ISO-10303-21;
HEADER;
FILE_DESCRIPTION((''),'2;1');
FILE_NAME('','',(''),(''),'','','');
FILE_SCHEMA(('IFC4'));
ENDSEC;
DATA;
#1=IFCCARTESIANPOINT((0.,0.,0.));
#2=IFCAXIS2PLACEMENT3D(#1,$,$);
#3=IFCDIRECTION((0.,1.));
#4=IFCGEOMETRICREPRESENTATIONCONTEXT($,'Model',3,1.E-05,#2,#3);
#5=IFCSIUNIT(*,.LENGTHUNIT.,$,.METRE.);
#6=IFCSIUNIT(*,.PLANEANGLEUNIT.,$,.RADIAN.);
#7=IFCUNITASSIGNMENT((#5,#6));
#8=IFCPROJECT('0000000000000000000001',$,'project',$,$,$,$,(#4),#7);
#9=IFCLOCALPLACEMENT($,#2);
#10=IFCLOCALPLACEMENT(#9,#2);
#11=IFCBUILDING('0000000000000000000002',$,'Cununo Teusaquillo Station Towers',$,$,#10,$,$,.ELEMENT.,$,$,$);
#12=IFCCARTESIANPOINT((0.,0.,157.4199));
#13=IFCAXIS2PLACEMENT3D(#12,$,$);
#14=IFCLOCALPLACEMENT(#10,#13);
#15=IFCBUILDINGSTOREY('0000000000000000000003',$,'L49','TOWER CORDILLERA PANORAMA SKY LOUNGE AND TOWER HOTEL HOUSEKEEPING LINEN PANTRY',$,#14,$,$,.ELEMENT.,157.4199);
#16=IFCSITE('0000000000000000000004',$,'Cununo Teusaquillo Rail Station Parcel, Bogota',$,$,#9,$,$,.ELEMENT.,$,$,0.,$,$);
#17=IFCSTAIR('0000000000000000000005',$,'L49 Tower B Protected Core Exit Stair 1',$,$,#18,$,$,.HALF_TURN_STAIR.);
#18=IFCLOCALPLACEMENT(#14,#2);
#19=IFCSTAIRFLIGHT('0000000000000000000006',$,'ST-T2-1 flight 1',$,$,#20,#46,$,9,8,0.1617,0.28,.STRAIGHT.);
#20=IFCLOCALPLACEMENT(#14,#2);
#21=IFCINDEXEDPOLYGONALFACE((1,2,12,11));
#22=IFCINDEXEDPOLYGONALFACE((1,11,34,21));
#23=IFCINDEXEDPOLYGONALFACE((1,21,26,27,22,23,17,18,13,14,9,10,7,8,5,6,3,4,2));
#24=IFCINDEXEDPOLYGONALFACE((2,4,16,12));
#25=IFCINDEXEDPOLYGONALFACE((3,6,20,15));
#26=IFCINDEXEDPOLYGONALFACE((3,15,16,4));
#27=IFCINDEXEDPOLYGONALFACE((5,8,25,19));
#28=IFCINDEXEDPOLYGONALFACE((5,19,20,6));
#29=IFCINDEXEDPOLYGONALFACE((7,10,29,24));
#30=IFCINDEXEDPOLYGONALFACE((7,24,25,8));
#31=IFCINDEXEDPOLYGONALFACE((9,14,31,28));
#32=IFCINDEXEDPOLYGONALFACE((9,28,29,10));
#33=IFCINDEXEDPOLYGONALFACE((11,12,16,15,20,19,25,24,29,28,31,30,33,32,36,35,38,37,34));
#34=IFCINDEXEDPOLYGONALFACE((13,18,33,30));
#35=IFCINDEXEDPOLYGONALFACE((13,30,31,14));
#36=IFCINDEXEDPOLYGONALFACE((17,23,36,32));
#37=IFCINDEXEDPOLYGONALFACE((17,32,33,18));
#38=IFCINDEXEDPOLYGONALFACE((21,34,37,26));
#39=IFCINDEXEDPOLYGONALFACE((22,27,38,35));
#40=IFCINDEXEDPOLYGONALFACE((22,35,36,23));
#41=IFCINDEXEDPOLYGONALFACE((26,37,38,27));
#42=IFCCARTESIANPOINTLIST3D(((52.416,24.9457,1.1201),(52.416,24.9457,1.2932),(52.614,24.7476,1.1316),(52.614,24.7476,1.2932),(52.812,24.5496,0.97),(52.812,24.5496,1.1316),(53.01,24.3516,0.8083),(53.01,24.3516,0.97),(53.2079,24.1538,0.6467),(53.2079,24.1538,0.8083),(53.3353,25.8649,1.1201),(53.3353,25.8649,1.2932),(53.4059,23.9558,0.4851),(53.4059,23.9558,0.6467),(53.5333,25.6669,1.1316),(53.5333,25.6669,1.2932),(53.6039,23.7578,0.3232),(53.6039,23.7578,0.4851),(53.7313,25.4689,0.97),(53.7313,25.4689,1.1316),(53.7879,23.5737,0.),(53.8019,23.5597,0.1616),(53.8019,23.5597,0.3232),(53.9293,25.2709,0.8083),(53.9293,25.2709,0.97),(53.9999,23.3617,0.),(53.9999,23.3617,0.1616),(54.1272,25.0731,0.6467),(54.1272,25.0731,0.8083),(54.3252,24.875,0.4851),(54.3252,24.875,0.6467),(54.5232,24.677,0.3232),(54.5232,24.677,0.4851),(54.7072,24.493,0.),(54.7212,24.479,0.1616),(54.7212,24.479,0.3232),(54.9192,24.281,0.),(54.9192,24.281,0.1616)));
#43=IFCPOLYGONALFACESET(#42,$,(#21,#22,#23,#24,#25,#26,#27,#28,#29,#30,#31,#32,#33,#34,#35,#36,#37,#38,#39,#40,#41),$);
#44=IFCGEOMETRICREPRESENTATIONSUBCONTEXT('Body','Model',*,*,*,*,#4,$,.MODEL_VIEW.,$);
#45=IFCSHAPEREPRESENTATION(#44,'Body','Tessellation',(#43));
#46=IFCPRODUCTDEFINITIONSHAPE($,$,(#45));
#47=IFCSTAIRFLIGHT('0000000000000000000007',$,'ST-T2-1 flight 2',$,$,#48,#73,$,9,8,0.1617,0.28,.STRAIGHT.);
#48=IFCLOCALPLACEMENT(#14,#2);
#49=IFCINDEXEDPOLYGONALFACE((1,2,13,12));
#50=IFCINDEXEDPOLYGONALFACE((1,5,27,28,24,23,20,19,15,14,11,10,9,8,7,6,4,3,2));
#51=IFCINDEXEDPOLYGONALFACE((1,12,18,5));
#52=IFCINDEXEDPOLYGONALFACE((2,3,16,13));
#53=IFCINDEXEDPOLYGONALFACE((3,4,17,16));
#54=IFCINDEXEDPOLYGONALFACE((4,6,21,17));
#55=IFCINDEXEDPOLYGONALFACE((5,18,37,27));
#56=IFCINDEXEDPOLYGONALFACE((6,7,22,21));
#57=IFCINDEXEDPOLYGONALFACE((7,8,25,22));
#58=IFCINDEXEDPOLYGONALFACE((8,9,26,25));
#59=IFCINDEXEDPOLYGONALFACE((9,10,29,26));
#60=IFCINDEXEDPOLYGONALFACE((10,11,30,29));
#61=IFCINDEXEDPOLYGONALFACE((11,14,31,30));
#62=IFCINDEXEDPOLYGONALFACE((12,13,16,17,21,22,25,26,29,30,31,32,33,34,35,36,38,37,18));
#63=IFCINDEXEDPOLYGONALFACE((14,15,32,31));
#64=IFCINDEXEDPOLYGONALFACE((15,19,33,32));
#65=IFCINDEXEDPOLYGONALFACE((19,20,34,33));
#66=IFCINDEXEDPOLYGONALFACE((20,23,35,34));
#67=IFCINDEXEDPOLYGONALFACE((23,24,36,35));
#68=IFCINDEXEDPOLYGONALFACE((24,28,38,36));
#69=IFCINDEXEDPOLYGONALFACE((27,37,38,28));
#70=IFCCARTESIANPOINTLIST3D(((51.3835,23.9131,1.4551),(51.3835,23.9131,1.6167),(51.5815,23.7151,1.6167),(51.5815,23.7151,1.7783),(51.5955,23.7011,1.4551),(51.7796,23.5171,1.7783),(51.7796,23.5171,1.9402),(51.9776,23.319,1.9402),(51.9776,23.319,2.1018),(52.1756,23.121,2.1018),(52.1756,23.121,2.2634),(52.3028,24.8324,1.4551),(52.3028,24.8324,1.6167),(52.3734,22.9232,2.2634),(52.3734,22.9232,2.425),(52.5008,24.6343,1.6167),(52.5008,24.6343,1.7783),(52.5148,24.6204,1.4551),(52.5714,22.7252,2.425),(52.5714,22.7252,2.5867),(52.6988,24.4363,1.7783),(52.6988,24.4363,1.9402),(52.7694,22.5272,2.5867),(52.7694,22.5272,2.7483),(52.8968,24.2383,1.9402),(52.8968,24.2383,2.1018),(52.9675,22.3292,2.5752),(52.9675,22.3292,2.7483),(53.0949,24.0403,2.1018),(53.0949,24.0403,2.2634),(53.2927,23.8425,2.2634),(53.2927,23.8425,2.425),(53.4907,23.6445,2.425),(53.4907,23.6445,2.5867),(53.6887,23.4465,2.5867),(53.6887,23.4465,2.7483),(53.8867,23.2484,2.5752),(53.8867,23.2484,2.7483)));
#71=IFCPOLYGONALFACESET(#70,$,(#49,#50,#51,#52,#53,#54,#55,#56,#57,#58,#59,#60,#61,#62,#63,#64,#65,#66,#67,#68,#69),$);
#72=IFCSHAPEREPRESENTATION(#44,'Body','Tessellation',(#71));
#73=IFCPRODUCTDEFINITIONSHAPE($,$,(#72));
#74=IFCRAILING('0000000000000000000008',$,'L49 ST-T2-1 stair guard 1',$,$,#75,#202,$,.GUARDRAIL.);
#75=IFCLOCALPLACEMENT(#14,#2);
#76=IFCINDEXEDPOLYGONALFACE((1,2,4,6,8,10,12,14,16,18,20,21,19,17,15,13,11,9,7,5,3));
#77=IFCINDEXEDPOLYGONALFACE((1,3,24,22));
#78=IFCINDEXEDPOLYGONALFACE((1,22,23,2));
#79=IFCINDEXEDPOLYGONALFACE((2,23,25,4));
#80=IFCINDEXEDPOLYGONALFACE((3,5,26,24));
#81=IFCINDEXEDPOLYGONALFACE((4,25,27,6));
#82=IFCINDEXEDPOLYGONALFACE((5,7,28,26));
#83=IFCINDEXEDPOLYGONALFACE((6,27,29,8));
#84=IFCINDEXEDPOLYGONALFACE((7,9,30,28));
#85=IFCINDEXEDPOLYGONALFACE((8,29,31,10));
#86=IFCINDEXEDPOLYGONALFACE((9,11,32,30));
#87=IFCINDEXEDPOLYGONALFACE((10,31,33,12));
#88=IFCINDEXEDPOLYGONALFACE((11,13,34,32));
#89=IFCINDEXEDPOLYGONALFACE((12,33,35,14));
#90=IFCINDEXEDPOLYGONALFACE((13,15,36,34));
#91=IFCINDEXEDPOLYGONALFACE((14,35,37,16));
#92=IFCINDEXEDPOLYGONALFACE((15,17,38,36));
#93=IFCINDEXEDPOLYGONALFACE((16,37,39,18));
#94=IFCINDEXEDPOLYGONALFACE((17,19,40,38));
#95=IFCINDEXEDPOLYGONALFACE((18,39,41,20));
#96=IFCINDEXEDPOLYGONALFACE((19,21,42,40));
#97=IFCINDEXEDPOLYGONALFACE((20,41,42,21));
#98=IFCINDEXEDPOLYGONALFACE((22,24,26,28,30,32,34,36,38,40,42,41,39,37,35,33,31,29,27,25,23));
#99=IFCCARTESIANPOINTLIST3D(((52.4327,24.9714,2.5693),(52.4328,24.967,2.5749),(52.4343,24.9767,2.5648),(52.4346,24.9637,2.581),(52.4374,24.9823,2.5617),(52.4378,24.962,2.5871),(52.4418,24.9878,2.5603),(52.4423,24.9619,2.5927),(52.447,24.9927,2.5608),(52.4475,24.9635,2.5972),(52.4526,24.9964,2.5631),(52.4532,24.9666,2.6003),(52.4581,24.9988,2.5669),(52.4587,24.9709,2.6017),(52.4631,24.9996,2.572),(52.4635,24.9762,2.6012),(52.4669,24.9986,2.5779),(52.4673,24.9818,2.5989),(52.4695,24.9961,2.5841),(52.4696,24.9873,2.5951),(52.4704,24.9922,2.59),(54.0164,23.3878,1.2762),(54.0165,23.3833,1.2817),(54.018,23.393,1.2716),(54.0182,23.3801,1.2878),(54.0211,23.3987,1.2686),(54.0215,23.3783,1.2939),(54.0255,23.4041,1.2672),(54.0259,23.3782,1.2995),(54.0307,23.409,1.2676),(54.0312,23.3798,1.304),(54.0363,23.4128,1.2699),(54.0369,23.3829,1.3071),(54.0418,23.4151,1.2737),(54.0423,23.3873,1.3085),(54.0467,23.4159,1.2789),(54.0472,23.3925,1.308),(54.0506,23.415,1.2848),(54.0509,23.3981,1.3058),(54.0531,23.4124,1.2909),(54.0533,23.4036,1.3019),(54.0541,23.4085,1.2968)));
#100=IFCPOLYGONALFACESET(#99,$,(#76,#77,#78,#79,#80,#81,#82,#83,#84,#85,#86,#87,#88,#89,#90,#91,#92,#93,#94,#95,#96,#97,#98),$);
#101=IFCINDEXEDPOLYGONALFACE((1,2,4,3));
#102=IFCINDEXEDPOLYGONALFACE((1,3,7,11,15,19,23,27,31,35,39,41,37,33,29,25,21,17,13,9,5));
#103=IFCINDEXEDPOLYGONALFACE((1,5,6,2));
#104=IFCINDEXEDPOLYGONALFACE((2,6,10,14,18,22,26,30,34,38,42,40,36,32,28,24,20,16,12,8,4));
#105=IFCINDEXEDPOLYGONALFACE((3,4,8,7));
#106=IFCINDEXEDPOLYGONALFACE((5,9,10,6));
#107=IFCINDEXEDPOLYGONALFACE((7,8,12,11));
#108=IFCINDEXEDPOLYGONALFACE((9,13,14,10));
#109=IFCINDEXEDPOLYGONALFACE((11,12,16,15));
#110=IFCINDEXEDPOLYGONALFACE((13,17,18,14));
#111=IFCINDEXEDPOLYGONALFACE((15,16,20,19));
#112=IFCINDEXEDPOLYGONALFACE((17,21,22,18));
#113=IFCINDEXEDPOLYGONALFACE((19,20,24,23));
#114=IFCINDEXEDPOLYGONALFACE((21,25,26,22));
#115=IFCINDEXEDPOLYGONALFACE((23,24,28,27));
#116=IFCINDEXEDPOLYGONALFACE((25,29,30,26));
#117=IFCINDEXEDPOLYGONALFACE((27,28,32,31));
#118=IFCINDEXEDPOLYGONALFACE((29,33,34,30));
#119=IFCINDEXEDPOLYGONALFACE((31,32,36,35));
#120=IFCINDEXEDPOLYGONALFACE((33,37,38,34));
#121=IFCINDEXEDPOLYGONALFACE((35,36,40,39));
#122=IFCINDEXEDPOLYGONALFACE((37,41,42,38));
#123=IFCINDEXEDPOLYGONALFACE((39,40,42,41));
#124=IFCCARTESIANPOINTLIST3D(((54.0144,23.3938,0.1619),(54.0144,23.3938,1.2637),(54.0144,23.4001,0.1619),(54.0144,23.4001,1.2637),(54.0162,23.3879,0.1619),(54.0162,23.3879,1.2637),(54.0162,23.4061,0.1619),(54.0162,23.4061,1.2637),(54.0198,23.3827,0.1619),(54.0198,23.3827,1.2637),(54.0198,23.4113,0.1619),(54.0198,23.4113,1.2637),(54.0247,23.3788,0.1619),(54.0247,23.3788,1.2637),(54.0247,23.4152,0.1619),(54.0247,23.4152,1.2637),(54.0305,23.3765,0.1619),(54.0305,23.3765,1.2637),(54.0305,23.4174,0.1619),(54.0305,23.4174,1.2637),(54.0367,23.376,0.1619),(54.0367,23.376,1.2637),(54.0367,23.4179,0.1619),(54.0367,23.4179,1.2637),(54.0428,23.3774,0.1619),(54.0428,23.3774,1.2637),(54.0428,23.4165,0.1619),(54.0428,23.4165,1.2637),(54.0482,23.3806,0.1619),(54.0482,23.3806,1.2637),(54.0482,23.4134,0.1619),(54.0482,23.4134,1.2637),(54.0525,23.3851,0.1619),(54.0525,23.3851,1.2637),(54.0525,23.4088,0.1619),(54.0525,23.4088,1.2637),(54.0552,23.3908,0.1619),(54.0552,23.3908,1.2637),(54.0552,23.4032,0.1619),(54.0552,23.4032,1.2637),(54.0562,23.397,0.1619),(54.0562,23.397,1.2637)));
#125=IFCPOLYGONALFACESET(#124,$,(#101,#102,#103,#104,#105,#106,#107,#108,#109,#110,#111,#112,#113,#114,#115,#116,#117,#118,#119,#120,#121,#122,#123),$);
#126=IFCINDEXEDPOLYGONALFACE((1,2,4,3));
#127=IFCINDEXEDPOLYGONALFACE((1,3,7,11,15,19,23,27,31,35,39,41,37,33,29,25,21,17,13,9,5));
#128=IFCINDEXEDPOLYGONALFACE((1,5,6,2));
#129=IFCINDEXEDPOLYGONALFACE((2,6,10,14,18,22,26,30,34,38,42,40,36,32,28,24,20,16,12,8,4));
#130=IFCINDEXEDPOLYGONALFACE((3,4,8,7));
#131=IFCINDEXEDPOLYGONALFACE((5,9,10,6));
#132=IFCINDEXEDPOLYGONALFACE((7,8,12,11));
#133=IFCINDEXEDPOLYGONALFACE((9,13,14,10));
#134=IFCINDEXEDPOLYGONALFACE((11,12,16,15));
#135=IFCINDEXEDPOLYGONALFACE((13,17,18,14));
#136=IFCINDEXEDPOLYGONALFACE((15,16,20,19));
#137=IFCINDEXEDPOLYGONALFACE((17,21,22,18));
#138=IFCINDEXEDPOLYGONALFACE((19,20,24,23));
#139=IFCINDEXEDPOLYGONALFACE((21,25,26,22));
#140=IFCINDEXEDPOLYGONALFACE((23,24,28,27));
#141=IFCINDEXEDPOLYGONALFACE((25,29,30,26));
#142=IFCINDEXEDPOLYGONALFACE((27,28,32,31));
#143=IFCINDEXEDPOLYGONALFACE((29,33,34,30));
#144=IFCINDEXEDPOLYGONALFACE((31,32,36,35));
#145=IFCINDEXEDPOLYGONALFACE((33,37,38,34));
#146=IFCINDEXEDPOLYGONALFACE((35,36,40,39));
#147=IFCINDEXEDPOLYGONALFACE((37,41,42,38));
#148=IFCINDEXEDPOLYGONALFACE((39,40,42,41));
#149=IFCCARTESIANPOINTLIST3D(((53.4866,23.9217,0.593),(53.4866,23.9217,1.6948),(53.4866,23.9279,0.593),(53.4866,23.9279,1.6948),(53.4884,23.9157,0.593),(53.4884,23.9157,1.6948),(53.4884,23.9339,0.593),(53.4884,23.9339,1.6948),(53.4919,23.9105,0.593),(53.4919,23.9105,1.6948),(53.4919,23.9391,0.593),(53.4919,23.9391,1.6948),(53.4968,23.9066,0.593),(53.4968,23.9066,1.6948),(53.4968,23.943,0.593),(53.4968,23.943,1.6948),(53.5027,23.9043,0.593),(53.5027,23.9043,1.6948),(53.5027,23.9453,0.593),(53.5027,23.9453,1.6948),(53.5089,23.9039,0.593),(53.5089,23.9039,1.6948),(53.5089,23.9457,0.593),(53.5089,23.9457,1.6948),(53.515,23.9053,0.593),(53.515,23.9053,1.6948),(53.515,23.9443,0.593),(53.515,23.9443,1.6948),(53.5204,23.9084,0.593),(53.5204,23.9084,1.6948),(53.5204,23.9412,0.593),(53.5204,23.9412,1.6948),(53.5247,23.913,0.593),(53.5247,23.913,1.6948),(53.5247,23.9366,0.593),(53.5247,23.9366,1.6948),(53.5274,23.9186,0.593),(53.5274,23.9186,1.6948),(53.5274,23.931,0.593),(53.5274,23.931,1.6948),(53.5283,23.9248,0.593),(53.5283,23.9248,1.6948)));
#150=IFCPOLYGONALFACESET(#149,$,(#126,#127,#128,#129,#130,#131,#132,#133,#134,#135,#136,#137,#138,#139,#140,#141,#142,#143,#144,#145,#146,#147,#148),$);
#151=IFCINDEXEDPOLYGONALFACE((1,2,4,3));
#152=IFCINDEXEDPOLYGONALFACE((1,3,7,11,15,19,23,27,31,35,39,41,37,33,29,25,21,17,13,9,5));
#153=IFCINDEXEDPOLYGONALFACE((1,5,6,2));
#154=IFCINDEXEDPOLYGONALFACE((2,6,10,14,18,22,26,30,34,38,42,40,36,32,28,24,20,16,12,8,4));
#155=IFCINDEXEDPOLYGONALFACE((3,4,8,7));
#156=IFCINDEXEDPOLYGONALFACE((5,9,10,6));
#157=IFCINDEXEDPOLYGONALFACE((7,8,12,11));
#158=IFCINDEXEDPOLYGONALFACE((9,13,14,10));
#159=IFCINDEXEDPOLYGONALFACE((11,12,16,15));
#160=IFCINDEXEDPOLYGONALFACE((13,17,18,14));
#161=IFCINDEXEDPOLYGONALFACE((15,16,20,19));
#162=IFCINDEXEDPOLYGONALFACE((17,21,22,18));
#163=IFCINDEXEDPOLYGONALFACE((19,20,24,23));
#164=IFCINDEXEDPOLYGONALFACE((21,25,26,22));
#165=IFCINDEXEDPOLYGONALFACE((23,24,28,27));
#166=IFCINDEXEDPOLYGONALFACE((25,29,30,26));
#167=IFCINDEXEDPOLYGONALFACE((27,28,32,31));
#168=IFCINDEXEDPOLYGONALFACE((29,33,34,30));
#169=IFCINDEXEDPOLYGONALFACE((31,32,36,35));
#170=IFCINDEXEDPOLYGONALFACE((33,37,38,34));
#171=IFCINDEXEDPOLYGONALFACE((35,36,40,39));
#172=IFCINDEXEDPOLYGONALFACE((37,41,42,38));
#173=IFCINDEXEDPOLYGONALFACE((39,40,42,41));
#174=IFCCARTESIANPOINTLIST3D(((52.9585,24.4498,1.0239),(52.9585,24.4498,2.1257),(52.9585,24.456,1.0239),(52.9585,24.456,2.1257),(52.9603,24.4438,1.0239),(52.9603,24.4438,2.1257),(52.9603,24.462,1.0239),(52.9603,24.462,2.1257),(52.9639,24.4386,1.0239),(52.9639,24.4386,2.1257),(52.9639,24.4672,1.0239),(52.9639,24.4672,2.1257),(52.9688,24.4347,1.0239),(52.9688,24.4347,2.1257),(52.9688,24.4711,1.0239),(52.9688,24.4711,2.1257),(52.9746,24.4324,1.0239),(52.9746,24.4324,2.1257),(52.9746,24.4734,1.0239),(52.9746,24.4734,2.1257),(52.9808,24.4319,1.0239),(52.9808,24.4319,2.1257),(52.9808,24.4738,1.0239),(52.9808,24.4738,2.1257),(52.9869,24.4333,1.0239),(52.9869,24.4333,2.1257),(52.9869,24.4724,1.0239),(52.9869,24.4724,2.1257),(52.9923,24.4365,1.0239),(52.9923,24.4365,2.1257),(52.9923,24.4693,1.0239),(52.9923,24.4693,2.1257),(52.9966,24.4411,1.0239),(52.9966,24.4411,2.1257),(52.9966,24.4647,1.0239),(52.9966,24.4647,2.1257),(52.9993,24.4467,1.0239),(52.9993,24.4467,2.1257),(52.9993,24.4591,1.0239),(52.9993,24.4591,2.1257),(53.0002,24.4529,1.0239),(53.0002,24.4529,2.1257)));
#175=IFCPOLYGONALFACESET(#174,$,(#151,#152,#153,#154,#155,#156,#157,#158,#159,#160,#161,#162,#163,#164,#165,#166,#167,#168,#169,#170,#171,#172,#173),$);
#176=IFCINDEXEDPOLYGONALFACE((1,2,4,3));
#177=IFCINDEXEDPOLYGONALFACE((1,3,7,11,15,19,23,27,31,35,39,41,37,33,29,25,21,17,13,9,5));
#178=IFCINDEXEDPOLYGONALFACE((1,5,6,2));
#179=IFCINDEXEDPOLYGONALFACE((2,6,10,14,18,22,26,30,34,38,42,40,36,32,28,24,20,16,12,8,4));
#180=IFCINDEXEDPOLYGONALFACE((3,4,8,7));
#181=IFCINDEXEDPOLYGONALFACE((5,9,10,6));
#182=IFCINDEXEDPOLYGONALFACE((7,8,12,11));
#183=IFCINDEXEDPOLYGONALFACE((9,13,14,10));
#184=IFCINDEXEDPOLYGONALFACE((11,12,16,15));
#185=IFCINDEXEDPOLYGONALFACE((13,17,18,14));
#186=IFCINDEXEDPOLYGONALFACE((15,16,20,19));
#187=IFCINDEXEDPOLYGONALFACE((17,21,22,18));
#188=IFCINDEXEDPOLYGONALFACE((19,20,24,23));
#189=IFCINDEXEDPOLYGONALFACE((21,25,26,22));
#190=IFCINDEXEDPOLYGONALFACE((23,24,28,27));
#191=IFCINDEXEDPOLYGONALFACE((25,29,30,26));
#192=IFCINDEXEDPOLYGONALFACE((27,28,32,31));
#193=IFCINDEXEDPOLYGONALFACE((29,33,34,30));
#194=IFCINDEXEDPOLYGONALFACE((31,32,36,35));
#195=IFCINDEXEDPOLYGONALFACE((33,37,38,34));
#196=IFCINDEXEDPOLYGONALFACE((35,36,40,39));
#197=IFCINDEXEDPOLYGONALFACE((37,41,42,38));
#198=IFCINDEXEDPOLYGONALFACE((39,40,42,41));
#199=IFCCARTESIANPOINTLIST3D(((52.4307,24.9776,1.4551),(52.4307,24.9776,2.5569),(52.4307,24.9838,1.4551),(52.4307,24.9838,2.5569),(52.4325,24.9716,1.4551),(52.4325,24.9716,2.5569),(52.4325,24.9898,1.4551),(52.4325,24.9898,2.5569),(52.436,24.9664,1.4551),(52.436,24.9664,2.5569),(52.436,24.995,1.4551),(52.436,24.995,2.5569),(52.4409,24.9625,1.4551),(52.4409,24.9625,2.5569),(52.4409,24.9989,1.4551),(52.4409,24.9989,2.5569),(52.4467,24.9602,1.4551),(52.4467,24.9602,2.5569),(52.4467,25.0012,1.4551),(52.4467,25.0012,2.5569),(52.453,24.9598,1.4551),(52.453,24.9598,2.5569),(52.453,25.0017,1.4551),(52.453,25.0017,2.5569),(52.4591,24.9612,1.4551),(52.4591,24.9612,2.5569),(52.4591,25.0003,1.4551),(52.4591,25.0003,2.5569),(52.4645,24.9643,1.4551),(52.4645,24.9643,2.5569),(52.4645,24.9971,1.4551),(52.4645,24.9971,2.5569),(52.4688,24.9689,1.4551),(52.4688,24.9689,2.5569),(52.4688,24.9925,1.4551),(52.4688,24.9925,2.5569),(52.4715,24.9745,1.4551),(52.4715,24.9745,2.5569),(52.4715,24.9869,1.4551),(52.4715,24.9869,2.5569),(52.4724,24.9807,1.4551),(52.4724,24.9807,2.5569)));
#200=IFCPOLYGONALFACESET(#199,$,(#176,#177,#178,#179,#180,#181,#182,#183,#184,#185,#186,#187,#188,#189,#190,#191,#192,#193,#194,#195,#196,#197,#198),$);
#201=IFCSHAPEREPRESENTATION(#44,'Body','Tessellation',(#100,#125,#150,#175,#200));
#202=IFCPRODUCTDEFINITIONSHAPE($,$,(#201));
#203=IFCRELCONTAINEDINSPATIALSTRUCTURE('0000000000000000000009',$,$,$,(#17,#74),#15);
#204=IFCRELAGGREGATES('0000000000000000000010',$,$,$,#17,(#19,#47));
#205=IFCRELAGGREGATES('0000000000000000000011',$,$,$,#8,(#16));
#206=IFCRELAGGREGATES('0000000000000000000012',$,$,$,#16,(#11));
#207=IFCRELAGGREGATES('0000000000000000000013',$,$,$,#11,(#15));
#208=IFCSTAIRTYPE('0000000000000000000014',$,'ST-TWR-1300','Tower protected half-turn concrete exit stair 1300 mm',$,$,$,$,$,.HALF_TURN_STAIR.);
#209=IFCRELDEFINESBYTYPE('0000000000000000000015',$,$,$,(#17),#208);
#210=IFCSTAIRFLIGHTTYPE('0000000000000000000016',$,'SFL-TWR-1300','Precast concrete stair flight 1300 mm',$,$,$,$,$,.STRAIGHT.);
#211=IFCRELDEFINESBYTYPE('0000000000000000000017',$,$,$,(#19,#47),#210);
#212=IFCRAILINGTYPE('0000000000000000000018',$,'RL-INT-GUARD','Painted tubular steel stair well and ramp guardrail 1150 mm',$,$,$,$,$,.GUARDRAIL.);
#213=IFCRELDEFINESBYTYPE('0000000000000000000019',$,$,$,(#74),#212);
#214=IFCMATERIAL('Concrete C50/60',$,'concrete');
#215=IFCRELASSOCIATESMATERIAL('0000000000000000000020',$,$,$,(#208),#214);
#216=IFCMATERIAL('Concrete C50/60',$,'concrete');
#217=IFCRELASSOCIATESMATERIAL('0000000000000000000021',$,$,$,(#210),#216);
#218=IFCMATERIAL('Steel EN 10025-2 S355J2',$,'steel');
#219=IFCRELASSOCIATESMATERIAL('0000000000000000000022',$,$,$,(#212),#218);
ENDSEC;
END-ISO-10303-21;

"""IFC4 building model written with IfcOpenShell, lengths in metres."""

from ifc_helpers import new_model, si_unit, direction, frame, origin, origin_2d, place, context, subcontext, project, spatial, polyline, circle, outline, extrude, material, type_object, element, aggregate, save


model = new_model("IFC4")

# Units and contexts
model_context = context("Model", 3, precision=1e-05, world=origin(), true_north=direction((0.0, 1.0)))
body_context = subcontext(model_context, "Body", "Model", "MODEL_VIEW")
ifc_project = project(units=[si_unit("LENGTHUNIT", "METRE"), si_unit("PLANEANGLEUNIT", "RADIAN")], contexts=[model_context])

# Site, building, storey
site_placement = place(None, origin())
site = spatial("IfcSite", under=ifc_project, at=site_placement, Name="Cununo Teusaquillo Rail Station Parcel, Bogota", CompositionType="ELEMENT", RefElevation=0.0)
building_placement = place(site_placement, origin())
building = spatial("IfcBuilding", under=site, at=building_placement, Name="Cununo Teusaquillo Station Towers", CompositionType="ELEMENT")
storey_placement = place(building_placement, frame((0.0, 0.0, 157.4199)))
storey = spatial("IfcBuildingStorey", under=building, at=storey_placement, Name="L49", Description="TOWER CORDILLERA PANORAMA SKY LOUNGE AND TOWER HOTEL HOUSEKEEPING LINEN PANTRY", CompositionType="ELEMENT", Elevation=157.4199)

# Stair, stair flights
ifc_material_1 = material(Name="Concrete C50/60", Category="concrete")
stair_type = type_object("IfcStairType", Name="ST-TWR-1300", Description="Tower protected half-turn concrete exit stair 1300 mm", PredefinedType="HALF_TURN_STAIR", material=ifc_material_1)
stair_placement = place(storey_placement, origin())
stair = element("IfcStair", 1, at=stair_placement, inside=storey, type_object=stair_type, Name="L49 Tower B Protected Core Exit Stair 1", PredefinedType="HALF_TURN_STAIR")
ifc_material_2 = material(Name="Concrete C50/60", Category="concrete")
stair_flight_type = type_object("IfcStairFlightType", Name="SFL-TWR-1300", Description="Precast concrete stair flight 1300 mm", PredefinedType="STRAIGHT", material=ifc_material_2)
stair_flight_1_placement = place(storey_placement, frame((54.4595, 23.8213, 0.0), z_axis=(0.0, 0.0, 1.0), x_axis=(-0.707107, 0.707107, 0.0)))
stair_flight_1 = element("IfcStairFlight", 2, at=stair_flight_1_placement, type_object=stair_flight_type, Name="ST-T2-1 flight 1", NumberOfRisers=9, NumberOfTreads=8, PredefinedType="STRAIGHT", RiserHeight=0.1617, TreadLength=0.28, context=body_context, shape_type="SweptSolid", body=[
    extrude(outline(polyline([(0.0, 0.0), (0.0, 0.1616), (0.28, 0.1616), (0.28, 0.3232), (0.5601, 0.3232), (0.5601, 0.4851), (0.8401, 0.4851), (0.8401, 0.6467), (1.1201, 0.6467), (1.1201, 0.8083), (1.3999, 0.8083), (1.3999, 0.97), (1.6799, 0.97), (1.6799, 1.1316), (1.96, 1.1316), (1.96, 1.2932), (2.24, 1.2932), (2.24, 1.4551), (2.24, 1.1201), (0.2998, 0.0), (0.0, 0.0)])), frame((0.0, 0.6499, 0.0), z_axis=(0.0, -1.0, 0.0), x_axis=(1.0, 0.0, 0.0)), (0.0, 0.0, 1.0), 1.3),
])
stair_flight_2_placement = place(storey_placement, frame((51.8433, 24.3728, 1.4551), z_axis=(0.0, 0.0, 1.0), x_axis=(0.707107, -0.707107, 0.0)))
stair_flight_2 = element("IfcStairFlight", 3, at=stair_flight_2_placement, type_object=stair_flight_type, Name="ST-T2-1 flight 2", NumberOfRisers=9, NumberOfTreads=8, PredefinedType="STRAIGHT", RiserHeight=0.1617, TreadLength=0.28, context=body_context, shape_type="SweptSolid", body=[
    extrude(outline(polyline([(0.0, 0.0), (0.0, 0.1616), (0.28, 0.1616), (0.28, 0.3232), (0.5601, 0.3232), (0.5601, 0.4851), (0.8401, 0.4851), (0.8401, 0.6467), (1.1201, 0.6467), (1.1201, 0.8083), (1.3999, 0.8083), (1.3999, 0.97), (1.6799, 0.97), (1.6799, 1.1316), (1.96, 1.1316), (1.96, 1.2932), (2.24, 1.2932), (2.24, 1.4551), (2.24, 1.1201), (0.2998, 0.0), (0.0, 0.0)])), frame((0.0, 0.6499, 0.0), z_axis=(0.0, -1.0, 0.0), x_axis=(1.0, 0.0, 0.0)), (0.0, 0.0, 1.0), 1.3),
])
aggregate(stair, [stair_flight_1, stair_flight_2])

# Railing
ifc_material_3 = material(Name="Steel EN 10025-2 S355J2", Category="steel")
railing_type_1 = type_object("IfcRailingType", Name="RL-INT-GUARD", Description="Painted tubular steel stair well and ramp guardrail 1150 mm", PredefinedType="GUARDRAIL", material=ifc_material_3)
railing_1_placement = place(storey_placement, frame((54.0352, 23.397, 0.1619)))
element("IfcRailing", 4, at=railing_1_placement, inside=storey, type_object=railing_type_1, Name="L49 ST-T2-1 stair guard 1", PredefinedType="GUARDRAIL", context=body_context, shape_type="SweptSolid", body=[
    extrude(circle(Radius=0.0239, at=origin_2d()), frame((0.0, 0.0, 1.126), z_axis=(-0.612361, 0.612361, 0.500027), x_axis=(-0.707107, -0.707107, 0.0)), (0.0, 0.0, 1.0), 2.5862),
    extrude(circle(Radius=0.021, at=origin_2d()), origin(), (0.0, 0.0, 1.0), 1.1018),
    extrude(circle(Radius=0.021, at=origin_2d()), frame((-0.5278, 0.5278, 0.4312)), (0.0, 0.0, 1.0), 1.1018),
    extrude(circle(Radius=0.021, at=origin_2d()), frame((-1.0559, 1.0559, 0.8621)), (0.0, 0.0, 1.0), 1.1018),
    extrude(circle(Radius=0.021, at=origin_2d()), frame((-1.5837, 1.5837, 1.2932)), (0.0, 0.0, 1.0), 1.1018),
])

save(model, "model.ifc")
